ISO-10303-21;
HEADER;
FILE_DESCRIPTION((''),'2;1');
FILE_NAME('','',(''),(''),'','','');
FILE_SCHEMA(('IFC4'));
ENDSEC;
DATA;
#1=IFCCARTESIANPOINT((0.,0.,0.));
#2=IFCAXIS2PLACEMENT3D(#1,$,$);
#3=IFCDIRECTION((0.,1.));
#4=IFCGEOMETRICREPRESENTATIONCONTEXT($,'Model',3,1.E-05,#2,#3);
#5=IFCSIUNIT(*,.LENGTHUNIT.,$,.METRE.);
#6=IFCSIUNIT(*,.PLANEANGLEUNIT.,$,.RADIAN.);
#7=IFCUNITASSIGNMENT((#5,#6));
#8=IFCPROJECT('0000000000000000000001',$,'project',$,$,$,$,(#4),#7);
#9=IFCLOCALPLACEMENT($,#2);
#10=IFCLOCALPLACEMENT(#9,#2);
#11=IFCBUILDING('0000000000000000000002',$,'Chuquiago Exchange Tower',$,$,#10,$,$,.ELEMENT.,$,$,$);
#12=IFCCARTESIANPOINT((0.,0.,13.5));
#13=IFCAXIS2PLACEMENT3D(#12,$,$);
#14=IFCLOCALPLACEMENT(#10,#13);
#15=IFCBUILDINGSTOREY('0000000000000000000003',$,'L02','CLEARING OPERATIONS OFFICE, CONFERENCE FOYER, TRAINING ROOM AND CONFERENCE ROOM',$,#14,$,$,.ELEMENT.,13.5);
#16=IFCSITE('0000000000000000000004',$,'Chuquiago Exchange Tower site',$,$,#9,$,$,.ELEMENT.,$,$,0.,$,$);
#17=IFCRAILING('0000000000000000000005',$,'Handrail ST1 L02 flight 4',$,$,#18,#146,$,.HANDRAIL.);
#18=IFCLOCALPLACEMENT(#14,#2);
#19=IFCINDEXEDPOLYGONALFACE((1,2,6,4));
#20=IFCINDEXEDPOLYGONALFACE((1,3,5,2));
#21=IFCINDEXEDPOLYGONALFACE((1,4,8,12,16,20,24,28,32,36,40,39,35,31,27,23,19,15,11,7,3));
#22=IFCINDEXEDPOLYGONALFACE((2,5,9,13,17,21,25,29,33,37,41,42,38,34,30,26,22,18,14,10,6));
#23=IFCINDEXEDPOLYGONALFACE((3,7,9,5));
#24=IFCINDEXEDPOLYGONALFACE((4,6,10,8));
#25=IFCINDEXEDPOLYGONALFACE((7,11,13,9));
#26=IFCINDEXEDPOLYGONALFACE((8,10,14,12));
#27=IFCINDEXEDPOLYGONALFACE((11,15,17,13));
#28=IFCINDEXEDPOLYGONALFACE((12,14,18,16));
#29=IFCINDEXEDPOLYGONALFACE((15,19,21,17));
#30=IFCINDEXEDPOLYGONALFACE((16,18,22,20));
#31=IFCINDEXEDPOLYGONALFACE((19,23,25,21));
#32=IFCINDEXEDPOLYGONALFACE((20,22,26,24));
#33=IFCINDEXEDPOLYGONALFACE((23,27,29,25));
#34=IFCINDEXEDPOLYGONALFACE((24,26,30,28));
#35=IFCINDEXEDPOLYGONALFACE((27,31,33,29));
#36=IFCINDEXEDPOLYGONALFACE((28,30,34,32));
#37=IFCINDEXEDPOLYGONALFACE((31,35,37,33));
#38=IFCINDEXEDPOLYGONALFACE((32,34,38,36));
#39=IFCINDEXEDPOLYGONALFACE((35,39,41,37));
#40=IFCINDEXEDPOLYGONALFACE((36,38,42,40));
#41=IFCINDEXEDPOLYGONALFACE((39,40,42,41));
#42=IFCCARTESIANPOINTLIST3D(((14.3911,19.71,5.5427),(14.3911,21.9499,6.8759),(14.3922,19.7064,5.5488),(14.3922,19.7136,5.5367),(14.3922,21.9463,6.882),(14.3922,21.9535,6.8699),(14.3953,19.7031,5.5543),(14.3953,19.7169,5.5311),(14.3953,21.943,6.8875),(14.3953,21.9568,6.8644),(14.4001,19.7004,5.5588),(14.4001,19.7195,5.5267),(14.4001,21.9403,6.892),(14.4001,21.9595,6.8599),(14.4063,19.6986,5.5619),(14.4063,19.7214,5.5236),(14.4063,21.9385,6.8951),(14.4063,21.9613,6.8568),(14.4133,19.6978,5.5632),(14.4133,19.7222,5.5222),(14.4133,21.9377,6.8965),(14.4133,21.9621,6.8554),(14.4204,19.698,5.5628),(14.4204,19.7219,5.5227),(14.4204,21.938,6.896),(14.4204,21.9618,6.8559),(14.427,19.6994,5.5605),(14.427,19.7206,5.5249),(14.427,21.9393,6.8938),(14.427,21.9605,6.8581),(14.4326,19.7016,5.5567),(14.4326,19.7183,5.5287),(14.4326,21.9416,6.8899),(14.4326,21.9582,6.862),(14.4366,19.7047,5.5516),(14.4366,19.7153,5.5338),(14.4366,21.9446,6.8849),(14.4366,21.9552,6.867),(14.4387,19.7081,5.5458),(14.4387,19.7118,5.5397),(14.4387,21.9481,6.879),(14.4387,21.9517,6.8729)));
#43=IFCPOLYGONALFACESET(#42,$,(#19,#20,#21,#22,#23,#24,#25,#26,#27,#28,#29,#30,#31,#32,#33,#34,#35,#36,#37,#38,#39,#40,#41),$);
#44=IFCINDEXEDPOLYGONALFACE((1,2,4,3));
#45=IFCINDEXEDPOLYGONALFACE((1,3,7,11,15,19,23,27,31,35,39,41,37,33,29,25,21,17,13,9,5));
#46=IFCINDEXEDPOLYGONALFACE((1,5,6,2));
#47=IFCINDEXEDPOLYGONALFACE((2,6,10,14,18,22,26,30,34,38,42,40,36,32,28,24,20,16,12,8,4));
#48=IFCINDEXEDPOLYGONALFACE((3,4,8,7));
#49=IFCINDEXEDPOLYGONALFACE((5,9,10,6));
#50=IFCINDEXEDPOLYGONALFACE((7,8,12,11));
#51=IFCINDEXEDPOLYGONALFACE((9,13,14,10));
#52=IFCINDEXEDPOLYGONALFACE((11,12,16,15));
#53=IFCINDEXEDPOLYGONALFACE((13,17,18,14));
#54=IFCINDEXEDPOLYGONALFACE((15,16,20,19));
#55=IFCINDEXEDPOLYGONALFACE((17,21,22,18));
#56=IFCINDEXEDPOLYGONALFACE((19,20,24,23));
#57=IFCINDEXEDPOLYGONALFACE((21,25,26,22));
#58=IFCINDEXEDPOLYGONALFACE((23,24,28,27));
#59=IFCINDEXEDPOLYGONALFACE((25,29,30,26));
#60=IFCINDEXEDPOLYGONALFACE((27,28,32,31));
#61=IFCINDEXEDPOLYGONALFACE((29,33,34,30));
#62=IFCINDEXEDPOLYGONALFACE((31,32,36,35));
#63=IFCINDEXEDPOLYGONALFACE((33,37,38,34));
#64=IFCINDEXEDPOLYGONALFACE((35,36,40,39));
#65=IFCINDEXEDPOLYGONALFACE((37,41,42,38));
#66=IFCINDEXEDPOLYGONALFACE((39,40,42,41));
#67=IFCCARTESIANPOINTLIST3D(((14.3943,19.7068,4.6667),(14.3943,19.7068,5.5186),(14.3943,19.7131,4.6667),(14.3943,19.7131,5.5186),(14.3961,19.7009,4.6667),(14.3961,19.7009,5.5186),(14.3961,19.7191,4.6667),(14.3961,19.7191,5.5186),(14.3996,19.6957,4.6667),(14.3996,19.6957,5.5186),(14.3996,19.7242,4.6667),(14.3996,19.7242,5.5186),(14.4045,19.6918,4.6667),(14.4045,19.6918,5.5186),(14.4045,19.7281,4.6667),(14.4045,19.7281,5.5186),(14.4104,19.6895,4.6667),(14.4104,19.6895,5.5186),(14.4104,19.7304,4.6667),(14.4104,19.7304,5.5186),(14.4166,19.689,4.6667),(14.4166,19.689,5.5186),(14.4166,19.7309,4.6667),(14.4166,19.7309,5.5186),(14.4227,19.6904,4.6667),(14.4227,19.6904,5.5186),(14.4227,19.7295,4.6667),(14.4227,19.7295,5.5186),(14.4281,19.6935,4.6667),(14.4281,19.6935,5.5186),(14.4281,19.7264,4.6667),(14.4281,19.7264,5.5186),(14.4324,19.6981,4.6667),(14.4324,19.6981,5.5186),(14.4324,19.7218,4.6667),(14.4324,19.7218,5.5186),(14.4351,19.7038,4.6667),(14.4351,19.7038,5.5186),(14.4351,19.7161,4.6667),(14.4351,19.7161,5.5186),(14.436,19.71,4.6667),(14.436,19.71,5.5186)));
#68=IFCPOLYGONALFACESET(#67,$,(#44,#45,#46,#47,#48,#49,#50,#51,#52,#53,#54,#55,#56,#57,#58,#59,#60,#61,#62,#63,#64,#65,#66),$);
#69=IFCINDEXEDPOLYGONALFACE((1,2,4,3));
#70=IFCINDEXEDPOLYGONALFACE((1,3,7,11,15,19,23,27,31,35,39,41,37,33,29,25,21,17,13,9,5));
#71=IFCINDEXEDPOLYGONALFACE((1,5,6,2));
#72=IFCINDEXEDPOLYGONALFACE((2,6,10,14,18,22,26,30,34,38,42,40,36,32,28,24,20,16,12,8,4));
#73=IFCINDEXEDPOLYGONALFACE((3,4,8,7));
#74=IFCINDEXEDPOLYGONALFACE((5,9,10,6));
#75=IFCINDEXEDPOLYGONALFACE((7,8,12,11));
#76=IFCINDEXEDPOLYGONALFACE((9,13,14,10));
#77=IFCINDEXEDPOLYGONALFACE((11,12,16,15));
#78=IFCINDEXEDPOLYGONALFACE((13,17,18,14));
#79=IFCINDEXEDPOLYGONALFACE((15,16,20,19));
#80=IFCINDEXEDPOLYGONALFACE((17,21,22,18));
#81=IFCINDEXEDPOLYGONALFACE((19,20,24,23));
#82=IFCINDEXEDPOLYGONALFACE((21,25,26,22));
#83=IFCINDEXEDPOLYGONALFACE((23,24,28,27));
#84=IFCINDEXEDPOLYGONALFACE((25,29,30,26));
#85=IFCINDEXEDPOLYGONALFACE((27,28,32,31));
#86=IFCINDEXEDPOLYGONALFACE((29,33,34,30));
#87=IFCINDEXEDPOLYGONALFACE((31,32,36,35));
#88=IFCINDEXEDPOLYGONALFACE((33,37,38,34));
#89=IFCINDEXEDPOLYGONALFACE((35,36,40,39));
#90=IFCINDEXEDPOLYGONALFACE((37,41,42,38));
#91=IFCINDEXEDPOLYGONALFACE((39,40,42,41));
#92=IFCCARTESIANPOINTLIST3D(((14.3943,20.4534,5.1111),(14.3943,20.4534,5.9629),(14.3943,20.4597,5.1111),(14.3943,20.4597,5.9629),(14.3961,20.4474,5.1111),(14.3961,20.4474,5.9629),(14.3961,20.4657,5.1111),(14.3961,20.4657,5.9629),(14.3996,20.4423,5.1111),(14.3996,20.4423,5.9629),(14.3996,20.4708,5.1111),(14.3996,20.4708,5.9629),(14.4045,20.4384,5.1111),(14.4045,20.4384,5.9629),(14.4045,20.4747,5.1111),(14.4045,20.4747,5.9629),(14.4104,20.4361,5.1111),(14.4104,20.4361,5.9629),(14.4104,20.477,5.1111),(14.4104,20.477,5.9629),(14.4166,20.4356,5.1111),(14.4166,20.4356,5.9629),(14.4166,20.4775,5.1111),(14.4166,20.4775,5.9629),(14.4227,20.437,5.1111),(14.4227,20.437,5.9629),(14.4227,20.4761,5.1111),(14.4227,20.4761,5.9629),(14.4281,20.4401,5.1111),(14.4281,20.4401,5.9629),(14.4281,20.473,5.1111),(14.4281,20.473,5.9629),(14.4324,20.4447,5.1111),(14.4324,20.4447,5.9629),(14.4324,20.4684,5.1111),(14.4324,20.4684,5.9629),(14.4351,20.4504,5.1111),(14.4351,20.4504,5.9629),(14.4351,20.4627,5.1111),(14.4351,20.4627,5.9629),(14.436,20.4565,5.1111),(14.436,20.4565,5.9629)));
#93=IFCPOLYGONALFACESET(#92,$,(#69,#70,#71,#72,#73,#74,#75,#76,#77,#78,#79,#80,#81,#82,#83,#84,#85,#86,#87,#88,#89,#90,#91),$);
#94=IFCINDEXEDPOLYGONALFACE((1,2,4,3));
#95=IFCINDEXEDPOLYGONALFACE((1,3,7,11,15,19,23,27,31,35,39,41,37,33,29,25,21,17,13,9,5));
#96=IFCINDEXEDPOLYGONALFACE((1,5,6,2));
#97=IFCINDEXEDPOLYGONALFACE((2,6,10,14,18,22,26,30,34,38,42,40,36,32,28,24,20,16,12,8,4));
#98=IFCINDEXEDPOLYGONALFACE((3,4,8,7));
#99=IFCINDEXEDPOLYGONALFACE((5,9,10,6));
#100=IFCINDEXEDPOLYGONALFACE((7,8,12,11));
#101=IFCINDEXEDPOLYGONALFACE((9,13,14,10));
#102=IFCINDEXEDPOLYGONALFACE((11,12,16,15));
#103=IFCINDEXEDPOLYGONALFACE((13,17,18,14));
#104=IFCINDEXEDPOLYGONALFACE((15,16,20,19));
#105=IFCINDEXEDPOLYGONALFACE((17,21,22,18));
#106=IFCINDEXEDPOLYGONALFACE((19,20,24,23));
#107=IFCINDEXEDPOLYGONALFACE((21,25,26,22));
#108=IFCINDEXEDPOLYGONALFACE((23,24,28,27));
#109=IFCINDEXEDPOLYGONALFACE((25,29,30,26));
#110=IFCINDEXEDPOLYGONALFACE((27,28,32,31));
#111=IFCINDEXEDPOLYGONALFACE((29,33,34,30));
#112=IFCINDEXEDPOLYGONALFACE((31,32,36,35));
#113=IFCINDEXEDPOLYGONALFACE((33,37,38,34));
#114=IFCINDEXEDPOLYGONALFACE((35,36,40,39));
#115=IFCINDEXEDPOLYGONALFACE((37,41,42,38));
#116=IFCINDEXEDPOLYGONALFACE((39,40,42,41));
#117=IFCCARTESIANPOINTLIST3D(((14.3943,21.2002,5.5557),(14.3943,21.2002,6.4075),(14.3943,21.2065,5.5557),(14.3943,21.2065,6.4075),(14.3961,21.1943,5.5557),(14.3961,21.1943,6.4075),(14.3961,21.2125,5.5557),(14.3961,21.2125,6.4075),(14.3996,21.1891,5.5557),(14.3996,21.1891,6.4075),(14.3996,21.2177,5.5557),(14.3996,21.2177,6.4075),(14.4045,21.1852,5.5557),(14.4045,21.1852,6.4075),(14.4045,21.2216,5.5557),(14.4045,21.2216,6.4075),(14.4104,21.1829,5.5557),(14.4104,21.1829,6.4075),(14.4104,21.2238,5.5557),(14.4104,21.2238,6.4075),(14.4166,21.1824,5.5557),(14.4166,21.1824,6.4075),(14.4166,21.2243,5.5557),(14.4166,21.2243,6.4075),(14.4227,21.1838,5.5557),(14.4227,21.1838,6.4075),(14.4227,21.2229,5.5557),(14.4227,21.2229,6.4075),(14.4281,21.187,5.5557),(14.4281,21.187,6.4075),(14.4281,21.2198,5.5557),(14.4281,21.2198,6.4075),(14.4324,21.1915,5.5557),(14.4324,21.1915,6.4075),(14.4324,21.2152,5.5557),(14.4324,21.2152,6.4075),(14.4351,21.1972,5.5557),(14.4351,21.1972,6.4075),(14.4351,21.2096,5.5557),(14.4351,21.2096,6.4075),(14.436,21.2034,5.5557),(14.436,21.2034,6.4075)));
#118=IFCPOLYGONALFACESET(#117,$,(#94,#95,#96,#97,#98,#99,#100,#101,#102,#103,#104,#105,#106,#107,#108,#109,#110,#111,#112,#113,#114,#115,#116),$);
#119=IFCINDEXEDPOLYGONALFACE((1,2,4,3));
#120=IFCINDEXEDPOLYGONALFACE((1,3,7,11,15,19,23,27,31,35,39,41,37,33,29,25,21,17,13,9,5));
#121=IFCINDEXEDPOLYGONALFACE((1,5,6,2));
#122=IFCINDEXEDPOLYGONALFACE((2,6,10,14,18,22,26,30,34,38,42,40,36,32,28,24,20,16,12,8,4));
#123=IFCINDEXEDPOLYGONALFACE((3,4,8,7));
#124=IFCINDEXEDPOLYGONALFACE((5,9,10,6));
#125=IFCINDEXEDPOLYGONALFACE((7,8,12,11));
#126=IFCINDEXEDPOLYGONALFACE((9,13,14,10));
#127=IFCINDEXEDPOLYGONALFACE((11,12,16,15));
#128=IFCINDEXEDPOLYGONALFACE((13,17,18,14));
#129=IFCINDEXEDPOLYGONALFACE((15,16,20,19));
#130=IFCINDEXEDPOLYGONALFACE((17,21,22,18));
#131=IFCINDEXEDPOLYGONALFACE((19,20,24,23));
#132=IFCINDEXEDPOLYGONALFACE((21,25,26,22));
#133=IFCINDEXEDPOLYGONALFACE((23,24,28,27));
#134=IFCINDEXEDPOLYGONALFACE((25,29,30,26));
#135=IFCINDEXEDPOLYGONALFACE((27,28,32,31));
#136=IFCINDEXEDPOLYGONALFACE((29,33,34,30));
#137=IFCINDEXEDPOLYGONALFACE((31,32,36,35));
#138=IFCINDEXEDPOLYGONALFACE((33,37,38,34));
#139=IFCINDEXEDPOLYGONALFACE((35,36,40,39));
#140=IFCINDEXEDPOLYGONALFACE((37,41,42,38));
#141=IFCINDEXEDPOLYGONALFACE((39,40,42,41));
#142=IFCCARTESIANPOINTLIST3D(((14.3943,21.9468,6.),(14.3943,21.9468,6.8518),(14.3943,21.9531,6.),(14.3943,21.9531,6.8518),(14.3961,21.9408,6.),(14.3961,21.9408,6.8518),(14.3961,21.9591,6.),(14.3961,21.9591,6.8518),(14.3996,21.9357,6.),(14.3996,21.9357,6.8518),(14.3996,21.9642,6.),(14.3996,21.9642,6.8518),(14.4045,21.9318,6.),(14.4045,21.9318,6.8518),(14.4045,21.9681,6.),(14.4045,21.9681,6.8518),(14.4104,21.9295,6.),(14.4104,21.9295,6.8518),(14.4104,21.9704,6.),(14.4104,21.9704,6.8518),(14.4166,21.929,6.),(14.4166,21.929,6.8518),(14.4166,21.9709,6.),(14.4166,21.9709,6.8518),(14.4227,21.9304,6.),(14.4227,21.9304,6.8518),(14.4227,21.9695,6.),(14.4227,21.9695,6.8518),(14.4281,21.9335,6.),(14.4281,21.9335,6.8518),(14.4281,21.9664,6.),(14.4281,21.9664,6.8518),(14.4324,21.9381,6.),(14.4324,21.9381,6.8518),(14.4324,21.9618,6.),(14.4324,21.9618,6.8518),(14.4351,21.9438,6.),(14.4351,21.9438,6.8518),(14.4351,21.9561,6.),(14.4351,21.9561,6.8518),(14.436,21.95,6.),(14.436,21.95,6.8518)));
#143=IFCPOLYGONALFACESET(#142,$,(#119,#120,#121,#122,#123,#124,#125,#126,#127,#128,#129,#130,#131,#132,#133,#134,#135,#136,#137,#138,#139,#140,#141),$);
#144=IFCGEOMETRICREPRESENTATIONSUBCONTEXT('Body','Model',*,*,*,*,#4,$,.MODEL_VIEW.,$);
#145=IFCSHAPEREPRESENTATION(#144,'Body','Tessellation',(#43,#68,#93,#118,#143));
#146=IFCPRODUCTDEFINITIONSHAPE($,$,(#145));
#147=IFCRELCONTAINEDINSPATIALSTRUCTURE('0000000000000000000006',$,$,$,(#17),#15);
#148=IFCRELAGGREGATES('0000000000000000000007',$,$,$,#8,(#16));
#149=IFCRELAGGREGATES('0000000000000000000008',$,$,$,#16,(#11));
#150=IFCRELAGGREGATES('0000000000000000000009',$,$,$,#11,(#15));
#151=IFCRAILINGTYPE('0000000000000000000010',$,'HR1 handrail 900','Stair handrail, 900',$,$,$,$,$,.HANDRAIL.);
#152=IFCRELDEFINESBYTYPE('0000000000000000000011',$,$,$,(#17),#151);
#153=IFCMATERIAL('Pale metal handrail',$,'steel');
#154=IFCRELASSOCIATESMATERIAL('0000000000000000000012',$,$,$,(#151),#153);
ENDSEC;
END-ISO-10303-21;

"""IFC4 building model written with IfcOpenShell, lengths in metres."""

from ifc_helpers import new_model, si_unit, direction, frame, origin, origin_2d, place, context, subcontext, project, spatial, circle, extrude, material, type_object, element, save


model = new_model("IFC4")

# Units and contexts
model_context = context("Model", 3, precision=1e-05, world=origin(), true_north=direction((0.0, 1.0)))
body_context = subcontext(model_context, "Body", "Model", "MODEL_VIEW")
ifc_project = project(units=[si_unit("LENGTHUNIT", "METRE"), si_unit("PLANEANGLEUNIT", "RADIAN")], contexts=[model_context])

# Site, building, storey
site_placement = place(None, origin())
site = spatial("IfcSite", under=ifc_project, at=site_placement, Name="Chuquiago Exchange Tower site", CompositionType="ELEMENT", RefElevation=0.0)
building_placement = place(site_placement, origin())
building = spatial("IfcBuilding", under=site, at=building_placement, Name="Chuquiago Exchange Tower", CompositionType="ELEMENT")
storey_placement = place(building_placement, frame((0.0, 0.0, 13.5)))
storey = spatial("IfcBuildingStorey", under=building, at=storey_placement, Name="L02", Description="CLEARING OPERATIONS OFFICE, CONFERENCE FOYER, TRAINING ROOM AND CONFERENCE ROOM", CompositionType="ELEMENT", Elevation=13.5)

# Railing
ifc_material_1 = material(Name="Pale metal handrail", Category="steel")
railing_type_1 = type_object("IfcRailingType", Name="HR1 handrail 900", Description="Stair handrail, 900", PredefinedType="HANDRAIL", material=ifc_material_1)
for number, where, name in (
    (1, (14.415, 19.71, 4.6667), "Handrail ST1 L02 flight 4"),
):
    element("IfcRailing", number, at=place(storey_placement, frame(where)), inside=storey, type_object=railing_type_1, Name=name, PredefinedType="HANDRAIL", context=body_context, shape_type="SweptSolid", body=[
        extrude(circle(Radius=0.0239, at=origin_2d()), frame((0.0, 0.0, 0.876), z_axis=(0.0, 0.859306, 0.511462), x_axis=(-1.0, 0.0, 0.0)), (0.0, 0.0, 1.0), 2.6067),
        extrude(circle(Radius=0.021, at=origin_2d()), origin(), (0.0, 0.0, 1.0), 0.8518),
        extrude(circle(Radius=0.021, at=origin_2d()), frame((0.0, 0.7466, 0.4443)), (0.0, 0.0, 1.0), 0.8518),
        extrude(circle(Radius=0.021, at=origin_2d()), frame((0.0, 1.4934, 0.8889)), (0.0, 0.0, 1.0), 0.8518),
        extrude(circle(Radius=0.021, at=origin_2d()), frame((0.0, 2.24, 1.3333)), (0.0, 0.0, 1.0), 0.8518),
    ])

save(model, "model.ifc")
